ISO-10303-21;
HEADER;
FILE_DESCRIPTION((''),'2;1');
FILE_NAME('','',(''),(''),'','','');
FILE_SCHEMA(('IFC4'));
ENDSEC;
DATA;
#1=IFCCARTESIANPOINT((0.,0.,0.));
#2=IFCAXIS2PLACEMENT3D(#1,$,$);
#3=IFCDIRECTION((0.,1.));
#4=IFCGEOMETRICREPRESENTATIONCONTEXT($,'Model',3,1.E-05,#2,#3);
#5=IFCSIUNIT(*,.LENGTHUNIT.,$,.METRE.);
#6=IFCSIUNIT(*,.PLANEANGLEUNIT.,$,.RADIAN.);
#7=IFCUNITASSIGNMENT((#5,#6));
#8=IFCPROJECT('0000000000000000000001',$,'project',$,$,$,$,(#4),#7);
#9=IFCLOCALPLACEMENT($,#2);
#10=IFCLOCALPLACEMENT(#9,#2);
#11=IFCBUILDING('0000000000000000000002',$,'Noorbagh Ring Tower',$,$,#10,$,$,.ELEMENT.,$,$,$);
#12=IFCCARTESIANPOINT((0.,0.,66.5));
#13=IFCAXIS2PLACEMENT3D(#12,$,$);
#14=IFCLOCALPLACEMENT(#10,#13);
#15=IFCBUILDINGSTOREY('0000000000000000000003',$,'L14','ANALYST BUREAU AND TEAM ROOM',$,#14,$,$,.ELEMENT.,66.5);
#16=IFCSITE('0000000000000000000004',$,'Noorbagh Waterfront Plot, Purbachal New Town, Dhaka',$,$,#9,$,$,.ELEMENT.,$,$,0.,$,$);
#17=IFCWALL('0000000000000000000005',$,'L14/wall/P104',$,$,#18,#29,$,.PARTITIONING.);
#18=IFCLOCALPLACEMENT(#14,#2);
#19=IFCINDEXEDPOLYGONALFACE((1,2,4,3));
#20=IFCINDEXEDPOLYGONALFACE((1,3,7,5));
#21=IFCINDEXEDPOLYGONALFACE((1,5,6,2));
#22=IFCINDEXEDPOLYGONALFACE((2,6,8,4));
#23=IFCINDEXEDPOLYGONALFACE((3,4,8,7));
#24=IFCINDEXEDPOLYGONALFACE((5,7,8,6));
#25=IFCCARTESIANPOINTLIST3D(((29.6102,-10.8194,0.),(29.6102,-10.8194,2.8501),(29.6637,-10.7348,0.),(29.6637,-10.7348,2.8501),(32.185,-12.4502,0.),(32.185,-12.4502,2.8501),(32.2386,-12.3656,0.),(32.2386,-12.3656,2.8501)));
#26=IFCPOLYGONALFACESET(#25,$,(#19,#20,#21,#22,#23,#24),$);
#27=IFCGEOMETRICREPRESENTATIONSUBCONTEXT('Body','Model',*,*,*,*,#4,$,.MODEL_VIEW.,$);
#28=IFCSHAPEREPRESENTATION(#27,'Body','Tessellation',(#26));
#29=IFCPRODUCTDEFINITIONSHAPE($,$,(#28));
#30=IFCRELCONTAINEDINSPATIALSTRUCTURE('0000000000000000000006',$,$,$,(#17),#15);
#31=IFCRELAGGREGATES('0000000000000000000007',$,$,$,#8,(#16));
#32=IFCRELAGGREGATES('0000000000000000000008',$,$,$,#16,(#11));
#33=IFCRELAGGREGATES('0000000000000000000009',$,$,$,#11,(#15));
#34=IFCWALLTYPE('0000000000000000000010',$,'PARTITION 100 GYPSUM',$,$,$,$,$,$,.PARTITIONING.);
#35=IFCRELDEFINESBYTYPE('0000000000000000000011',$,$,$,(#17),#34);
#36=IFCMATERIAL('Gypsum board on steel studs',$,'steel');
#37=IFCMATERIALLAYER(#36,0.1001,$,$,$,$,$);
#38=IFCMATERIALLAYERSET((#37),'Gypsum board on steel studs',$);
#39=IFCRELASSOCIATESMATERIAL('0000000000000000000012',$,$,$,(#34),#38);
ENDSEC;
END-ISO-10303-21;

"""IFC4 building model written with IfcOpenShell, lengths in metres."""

from ifc_helpers import new_model, si_unit, direction, frame, frame_2d, origin, place, context, subcontext, project, spatial, rectangle, extrude, material, layer, layer_set, type_object, element, save


model = new_model("IFC4")

# Units and contexts
model_context = context("Model", 3, precision=1e-05, world=origin(), true_north=direction((0.0, 1.0)))
body_context = subcontext(model_context, "Body", "Model", "MODEL_VIEW")
ifc_project = project(units=[si_unit("LENGTHUNIT", "METRE"), si_unit("PLANEANGLEUNIT", "RADIAN")], contexts=[model_context])

# Site, building, storey
site_placement = place(None, origin())
site = spatial("IfcSite", under=ifc_project, at=site_placement, Name="Noorbagh Waterfront Plot, Purbachal New Town, Dhaka", CompositionType="ELEMENT", RefElevation=0.0)
building_placement = place(site_placement, origin())
building = spatial("IfcBuilding", under=site, at=building_placement, Name="Noorbagh Ring Tower", CompositionType="ELEMENT")
storey_placement = place(building_placement, frame((0.0, 0.0, 66.5)))
storey = spatial("IfcBuildingStorey", under=building, at=storey_placement, Name="L14", Description="ANALYST BUREAU AND TEAM ROOM", CompositionType="ELEMENT", Elevation=66.5)

# Wall
ifc_material_1 = material(Name="Gypsum board on steel studs", Category="steel")
ifc_layer_1 = layer(ifc_material_1, 0.1001)
ifc_layer_set_1 = layer_set([ifc_layer_1], Name="Gypsum board on steel studs")
wall_type_1 = type_object("IfcWallType", Name="PARTITION 100 GYPSUM", PredefinedType="PARTITIONING", material=ifc_layer_set_1)
wall_1_placement = place(storey_placement, frame((29.637, -10.7771, 0.0), z_axis=(0.0, 0.0, 1.0), x_axis=(0.844811, -0.535065, 0.0)))
element("IfcWall", 1, at=wall_1_placement, inside=storey, type_object=wall_type_1, Name="L14/wall/P104", PredefinedType="PARTITIONING", context=body_context, shape_type="SweptSolid", body=[
    extrude(rectangle(XDim=3.0479, YDim=0.1001, at=frame_2d((1.5239, 0.0))), origin(), (0.0, 0.0, 1.0), 2.8501),
])

save(model, "model.ifc")
